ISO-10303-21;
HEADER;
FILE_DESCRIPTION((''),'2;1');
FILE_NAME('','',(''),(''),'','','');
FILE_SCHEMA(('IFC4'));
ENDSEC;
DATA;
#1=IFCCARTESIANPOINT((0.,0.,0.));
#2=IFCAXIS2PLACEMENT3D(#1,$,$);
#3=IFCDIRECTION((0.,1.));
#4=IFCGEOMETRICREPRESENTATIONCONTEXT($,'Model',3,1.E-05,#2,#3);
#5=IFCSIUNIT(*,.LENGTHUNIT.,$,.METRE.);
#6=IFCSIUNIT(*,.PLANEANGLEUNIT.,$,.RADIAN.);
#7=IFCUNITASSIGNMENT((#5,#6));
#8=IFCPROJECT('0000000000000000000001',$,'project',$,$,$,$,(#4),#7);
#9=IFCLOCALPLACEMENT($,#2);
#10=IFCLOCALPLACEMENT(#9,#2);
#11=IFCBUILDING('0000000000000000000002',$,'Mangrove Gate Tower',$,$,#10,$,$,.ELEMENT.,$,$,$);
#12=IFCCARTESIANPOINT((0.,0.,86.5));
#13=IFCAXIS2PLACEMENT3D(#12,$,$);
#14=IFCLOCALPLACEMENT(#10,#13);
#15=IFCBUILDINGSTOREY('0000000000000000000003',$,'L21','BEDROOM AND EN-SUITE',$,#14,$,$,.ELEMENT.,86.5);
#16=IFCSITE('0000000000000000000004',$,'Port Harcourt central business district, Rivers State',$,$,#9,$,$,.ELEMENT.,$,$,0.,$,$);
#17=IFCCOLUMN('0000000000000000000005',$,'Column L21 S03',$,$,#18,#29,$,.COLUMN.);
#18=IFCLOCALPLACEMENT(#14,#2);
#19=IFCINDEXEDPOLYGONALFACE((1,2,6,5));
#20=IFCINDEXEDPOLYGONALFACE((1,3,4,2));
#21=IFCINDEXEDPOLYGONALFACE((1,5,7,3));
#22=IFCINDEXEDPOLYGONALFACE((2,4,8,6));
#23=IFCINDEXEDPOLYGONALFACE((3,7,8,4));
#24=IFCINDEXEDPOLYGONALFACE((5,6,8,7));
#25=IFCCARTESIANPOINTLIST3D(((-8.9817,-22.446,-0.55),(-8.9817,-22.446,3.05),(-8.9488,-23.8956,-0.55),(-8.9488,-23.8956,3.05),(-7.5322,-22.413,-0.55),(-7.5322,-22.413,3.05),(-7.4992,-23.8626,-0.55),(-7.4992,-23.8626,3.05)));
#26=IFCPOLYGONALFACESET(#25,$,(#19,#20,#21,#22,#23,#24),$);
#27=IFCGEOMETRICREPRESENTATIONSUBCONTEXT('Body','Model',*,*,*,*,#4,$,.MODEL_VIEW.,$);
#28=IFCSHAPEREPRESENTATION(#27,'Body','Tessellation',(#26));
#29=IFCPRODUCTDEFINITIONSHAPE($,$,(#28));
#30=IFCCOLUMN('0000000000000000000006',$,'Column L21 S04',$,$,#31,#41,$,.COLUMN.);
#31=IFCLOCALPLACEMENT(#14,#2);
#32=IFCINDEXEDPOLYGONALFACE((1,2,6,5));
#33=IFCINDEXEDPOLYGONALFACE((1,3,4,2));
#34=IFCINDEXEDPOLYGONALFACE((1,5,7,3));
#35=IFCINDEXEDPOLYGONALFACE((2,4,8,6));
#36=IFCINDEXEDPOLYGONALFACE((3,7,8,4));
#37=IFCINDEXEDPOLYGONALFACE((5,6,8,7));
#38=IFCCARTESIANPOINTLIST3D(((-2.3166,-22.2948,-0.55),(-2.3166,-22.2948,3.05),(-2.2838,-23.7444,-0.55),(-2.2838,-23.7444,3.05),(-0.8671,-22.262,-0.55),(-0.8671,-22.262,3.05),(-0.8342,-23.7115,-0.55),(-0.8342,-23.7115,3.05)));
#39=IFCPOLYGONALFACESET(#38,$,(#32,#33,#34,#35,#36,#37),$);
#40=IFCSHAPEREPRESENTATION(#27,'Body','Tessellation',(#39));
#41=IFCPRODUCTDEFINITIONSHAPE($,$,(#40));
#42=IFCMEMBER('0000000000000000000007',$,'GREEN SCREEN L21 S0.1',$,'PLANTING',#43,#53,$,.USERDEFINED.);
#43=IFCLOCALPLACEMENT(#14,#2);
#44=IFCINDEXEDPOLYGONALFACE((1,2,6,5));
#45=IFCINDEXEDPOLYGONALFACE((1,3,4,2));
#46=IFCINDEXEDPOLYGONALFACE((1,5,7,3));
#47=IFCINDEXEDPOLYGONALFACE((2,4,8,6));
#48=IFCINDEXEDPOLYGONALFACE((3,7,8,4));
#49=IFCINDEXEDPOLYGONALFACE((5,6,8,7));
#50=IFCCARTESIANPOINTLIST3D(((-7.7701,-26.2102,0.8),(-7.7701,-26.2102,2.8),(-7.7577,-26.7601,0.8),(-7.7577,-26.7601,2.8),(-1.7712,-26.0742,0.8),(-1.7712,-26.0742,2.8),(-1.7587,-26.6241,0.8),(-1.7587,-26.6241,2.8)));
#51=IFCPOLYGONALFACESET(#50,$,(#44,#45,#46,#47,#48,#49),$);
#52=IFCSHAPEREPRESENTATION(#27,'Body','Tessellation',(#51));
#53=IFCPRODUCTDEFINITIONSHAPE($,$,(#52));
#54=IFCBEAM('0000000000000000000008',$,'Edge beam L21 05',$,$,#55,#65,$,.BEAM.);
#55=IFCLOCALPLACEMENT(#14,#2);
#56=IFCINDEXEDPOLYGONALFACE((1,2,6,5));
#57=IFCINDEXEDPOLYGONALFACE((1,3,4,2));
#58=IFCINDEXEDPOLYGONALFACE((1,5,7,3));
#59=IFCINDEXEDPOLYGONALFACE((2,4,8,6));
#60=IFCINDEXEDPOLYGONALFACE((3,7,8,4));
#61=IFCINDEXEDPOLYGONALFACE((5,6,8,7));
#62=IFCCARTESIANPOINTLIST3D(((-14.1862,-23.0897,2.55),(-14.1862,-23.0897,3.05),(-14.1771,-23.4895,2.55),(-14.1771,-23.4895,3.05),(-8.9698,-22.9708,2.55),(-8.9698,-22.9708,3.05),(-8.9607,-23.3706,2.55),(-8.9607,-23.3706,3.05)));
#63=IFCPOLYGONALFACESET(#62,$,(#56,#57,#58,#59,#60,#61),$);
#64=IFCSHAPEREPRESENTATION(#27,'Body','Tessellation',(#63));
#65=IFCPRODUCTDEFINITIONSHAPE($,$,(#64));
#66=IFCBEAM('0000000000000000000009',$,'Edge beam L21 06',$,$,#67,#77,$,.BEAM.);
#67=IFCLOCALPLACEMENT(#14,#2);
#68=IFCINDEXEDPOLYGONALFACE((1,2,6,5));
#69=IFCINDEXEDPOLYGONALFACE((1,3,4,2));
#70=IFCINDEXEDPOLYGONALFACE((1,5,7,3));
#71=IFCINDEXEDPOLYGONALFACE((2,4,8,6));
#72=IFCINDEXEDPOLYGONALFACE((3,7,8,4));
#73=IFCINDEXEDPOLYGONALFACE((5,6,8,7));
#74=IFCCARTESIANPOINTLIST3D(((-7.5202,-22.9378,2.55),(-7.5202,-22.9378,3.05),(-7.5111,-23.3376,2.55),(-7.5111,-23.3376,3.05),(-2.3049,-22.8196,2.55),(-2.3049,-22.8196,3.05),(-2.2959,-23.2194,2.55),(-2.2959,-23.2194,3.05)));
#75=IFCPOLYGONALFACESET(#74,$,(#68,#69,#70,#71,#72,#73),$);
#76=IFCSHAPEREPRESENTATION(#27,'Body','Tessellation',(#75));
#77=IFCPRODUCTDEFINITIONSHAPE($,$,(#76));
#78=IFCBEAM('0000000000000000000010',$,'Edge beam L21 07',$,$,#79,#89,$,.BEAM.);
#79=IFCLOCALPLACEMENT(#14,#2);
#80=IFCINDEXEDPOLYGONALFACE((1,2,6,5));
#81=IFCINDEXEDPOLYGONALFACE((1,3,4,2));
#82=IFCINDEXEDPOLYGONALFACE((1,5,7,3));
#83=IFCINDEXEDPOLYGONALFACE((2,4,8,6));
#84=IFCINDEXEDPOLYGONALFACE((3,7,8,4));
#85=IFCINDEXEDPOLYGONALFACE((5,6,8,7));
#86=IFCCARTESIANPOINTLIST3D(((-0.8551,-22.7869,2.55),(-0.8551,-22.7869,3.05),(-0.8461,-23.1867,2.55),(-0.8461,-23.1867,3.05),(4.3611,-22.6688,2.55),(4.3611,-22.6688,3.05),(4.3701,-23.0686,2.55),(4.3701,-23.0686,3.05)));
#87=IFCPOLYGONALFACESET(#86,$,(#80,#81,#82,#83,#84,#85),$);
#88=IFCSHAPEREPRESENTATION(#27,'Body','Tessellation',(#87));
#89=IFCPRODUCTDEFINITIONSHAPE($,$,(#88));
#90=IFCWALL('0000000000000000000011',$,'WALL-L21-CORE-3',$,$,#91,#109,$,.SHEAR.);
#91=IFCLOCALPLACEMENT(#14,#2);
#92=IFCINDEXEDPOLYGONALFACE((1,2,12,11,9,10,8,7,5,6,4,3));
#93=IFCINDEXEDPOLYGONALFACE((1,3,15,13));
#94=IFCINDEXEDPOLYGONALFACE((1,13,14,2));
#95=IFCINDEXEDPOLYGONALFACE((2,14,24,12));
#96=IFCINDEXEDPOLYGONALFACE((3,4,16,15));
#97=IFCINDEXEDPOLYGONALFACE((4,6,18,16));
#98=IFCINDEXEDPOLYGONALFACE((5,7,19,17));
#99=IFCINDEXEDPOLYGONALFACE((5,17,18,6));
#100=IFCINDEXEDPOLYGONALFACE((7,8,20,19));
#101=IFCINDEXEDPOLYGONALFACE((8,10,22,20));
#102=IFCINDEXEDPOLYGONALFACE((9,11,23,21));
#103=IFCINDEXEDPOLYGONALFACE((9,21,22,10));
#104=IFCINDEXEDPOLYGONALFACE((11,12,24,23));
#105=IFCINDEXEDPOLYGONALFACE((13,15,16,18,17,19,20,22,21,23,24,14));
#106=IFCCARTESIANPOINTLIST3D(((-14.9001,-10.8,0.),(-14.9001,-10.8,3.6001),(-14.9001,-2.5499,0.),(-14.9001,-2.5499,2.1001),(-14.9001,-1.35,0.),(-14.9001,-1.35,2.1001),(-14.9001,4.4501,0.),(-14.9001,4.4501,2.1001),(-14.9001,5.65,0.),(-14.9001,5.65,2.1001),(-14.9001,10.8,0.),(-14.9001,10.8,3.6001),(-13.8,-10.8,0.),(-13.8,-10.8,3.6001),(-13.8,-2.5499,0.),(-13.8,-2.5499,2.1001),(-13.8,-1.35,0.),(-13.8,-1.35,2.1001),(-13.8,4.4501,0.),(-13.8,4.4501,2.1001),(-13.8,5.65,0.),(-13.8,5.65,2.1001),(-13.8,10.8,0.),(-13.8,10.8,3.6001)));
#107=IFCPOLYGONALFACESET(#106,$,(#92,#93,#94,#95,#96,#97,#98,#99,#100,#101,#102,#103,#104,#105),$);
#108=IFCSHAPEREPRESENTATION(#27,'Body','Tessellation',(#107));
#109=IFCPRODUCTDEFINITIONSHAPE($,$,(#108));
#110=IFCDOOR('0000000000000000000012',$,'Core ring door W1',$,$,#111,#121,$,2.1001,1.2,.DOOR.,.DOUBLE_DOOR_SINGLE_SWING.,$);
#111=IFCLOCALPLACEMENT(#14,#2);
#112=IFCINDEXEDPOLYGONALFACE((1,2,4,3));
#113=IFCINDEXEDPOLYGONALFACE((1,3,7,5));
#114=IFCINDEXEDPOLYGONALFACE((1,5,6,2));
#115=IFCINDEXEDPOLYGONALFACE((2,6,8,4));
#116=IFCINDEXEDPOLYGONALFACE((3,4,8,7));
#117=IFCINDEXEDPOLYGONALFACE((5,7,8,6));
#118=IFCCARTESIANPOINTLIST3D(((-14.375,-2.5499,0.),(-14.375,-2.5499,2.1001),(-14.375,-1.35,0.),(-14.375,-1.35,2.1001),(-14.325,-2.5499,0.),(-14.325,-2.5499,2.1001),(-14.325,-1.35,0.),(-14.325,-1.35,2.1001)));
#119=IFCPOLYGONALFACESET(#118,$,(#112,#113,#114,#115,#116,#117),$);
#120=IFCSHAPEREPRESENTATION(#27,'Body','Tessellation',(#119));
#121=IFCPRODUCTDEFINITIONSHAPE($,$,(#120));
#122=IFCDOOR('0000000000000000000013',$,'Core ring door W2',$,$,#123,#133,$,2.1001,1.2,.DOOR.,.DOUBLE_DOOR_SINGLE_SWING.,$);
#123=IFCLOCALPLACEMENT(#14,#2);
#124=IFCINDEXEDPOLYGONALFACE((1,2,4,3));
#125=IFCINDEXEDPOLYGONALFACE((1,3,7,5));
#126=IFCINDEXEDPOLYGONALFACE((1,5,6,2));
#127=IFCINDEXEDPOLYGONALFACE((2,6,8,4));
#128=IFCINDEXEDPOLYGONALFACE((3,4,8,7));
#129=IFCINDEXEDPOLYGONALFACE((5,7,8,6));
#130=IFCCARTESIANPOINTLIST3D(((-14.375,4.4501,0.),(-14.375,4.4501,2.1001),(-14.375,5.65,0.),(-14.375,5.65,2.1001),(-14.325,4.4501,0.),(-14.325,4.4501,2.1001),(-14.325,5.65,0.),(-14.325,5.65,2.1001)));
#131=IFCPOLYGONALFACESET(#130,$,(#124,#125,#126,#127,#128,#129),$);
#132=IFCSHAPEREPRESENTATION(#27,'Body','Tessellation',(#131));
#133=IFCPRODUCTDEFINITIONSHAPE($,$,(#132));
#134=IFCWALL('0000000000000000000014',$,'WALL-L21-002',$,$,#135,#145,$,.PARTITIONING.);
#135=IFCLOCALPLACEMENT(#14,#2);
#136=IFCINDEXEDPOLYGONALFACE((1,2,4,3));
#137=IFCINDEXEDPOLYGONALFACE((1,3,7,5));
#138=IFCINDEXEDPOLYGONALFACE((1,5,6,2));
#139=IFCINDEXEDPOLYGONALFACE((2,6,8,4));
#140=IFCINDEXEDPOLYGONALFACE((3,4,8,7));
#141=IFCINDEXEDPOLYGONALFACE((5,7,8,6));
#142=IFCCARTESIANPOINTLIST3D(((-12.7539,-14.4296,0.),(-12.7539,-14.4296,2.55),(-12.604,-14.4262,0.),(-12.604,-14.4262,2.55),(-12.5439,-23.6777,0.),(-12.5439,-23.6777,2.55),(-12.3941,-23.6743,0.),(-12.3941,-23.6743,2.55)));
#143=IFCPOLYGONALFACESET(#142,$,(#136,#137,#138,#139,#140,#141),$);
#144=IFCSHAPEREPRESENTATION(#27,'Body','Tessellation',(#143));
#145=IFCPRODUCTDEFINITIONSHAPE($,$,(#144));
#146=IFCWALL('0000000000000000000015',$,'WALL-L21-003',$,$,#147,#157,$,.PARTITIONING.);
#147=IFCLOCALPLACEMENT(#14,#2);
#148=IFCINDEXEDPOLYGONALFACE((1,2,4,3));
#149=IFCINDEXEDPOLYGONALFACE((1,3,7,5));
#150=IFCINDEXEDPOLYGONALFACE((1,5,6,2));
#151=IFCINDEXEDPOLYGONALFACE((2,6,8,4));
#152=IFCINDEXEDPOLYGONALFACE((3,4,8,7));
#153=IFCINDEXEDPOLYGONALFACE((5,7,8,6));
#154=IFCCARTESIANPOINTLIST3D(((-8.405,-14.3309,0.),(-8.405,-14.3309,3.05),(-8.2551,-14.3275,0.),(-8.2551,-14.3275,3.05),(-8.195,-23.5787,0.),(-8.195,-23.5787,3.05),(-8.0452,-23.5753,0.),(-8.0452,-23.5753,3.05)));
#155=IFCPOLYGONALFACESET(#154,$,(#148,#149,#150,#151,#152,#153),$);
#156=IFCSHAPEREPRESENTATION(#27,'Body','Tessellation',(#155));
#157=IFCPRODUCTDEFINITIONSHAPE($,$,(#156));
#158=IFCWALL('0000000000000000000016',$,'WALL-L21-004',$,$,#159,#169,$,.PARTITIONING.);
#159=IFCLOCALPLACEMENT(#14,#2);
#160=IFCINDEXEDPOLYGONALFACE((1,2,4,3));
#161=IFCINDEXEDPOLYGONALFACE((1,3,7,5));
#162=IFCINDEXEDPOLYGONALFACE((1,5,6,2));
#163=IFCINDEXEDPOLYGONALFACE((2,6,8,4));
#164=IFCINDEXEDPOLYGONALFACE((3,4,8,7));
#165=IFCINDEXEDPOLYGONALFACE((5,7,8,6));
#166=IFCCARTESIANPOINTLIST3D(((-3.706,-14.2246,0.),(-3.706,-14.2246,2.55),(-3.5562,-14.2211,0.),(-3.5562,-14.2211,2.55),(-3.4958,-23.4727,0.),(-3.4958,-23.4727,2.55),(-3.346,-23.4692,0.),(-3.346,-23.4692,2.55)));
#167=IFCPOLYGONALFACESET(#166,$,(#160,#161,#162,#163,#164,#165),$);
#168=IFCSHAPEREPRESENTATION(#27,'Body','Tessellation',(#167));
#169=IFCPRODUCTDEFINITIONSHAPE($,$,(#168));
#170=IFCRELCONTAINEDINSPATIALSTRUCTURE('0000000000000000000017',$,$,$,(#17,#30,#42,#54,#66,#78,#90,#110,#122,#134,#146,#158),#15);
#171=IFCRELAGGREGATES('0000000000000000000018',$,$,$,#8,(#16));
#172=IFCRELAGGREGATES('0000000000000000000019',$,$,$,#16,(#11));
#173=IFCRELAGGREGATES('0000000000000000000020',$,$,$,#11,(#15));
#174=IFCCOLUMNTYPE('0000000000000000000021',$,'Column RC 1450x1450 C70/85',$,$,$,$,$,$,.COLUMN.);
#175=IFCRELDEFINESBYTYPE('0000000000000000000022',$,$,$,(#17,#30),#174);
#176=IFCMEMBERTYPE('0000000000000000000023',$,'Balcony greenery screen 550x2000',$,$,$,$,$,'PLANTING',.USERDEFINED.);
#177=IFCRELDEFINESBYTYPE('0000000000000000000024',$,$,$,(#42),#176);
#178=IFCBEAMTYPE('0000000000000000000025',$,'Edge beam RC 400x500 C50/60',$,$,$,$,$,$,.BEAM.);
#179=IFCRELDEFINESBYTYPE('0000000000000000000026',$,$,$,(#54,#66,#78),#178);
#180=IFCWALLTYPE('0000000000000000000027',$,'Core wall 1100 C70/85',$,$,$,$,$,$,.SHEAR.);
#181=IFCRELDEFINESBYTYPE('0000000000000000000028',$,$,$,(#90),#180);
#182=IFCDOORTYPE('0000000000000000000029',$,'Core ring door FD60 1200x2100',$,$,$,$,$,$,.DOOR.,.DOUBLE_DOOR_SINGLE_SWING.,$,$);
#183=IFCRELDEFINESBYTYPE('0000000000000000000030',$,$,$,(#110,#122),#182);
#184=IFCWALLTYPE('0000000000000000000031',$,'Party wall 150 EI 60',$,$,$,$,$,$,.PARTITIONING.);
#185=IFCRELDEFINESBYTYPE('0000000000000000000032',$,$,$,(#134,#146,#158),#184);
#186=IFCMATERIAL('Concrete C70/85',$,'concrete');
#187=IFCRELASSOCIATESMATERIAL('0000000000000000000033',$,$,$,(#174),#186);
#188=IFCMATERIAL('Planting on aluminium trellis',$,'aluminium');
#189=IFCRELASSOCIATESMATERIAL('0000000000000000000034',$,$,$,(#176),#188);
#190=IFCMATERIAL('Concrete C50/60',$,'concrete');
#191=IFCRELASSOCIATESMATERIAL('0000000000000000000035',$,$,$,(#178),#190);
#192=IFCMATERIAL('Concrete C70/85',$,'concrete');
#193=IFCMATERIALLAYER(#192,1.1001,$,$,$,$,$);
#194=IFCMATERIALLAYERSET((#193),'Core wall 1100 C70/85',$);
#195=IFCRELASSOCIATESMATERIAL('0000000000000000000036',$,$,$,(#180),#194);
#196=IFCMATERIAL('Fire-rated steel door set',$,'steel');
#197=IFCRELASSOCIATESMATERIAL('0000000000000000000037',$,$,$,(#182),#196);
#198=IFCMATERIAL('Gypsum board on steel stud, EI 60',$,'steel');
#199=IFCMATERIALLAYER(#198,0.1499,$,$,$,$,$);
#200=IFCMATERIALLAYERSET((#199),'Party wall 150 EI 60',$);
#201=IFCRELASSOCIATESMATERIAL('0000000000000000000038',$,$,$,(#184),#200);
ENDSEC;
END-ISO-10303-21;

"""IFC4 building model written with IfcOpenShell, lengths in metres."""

from ifc_helpers import new_model, si_unit, direction, frame, frame_2d, origin, origin_2d, place, context, subcontext, project, spatial, rectangle, extrude, material, layer, layer_set, material_profile, profile_set, type_object, element, fill, save


model = new_model("IFC4")

# Units and contexts
model_context = context("Model", 3, precision=1e-05, world=origin(), true_north=direction((0.0, 1.0)))
body_context = subcontext(model_context, "Body", "Model", "MODEL_VIEW")
ifc_project = project(units=[si_unit("LENGTHUNIT", "METRE"), si_unit("PLANEANGLEUNIT", "RADIAN")], contexts=[model_context])

# Site, building, storey
site_placement = place(None, origin())
site = spatial("IfcSite", under=ifc_project, at=site_placement, Name="Port Harcourt central business district, Rivers State", CompositionType="ELEMENT", RefElevation=0.0)
building_placement = place(site_placement, origin())
building = spatial("IfcBuilding", under=site, at=building_placement, Name="Mangrove Gate Tower", CompositionType="ELEMENT")
storey_placement = place(building_placement, frame((0.0, 0.0, 86.5)))
storey = spatial("IfcBuildingStorey", under=building, at=storey_placement, Name="L21", Description="BEDROOM AND EN-SUITE", CompositionType="ELEMENT", Elevation=86.5)

# Columns
ifc_material_1 = material(Name="Concrete C70/85", Category="concrete")
ifc_material_profile_1 = material_profile(ifc_material_1, rectangle(XDim=1.45, YDim=1.45, at=origin_2d()))
ifc_profile_set_1 = profile_set([ifc_material_profile_1], Name="Concrete C70/85")
column_type = type_object("IfcColumnType", Name="Column RC 1450x1450 C70/85", PredefinedType="COLUMN", material=ifc_profile_set_1)
for number, where, z_axis, x_axis, name in (
    (1, (-8.2405, -23.1543, -0.55), (0.0, 0.0, 1.0), (0.999742, 0.022723, 0.0), "Column L21 S03"),
    (2, (-1.5754, -23.0032, -0.55), (0.0, 0.0, 1.0), (0.999743, 0.022648, 0.0), "Column L21 S04"),
):
    element("IfcColumn", number, at=place(storey_placement, frame(where, z_axis=z_axis, x_axis=x_axis)), inside=storey, type_object=column_type, Name=name, PredefinedType="COLUMN", context=body_context, shape_type="SweptSolid", body=[
        extrude(rectangle(XDim=1.45, YDim=1.45, at=origin_2d()), origin(), (0.0, 0.0, 1.0), 3.6001),
    ])

# Member
ifc_material_2 = material(Name="Planting on aluminium trellis", Category="aluminium")
ifc_material_profile_2 = material_profile(ifc_material_2, rectangle(XDim=0.55, YDim=2.0, at=origin_2d()))
ifc_profile_set_2 = profile_set([ifc_material_profile_2], Name="Planting on aluminium trellis")
member_type = type_object("IfcMemberType", Name="Balcony greenery screen 550x2000", ElementType="PLANTING", PredefinedType="USERDEFINED", material=ifc_profile_set_2)
member_placement = place(storey_placement, frame((-7.7639, -26.4851, 1.8), z_axis=(0.999743, 0.022662, 0.0), x_axis=(-0.022662, 0.999743, 0.0)))
element("IfcMember", 3, at=member_placement, inside=storey, type_object=member_type, Name="GREEN SCREEN L21 S0.1", ObjectType="PLANTING", PredefinedType="USERDEFINED", context=body_context, shape_type="SweptSolid", body=[
    extrude(rectangle(XDim=0.55, YDim=2.0, at=origin_2d()), origin(), (0.0, 0.0, 1.0), 6.0005),
])

# Beams
ifc_material_3 = material(Name="Concrete C50/60", Category="concrete")
ifc_material_profile_3 = material_profile(ifc_material_3, rectangle(XDim=0.3999, YDim=0.5, at=origin_2d()))
ifc_profile_set_3 = profile_set([ifc_material_profile_3], Name="Concrete C50/60")
beam_type = type_object("IfcBeamType", Name="Edge beam RC 400x500 C50/60", PredefinedType="BEAM", material=ifc_profile_set_3)
beam_1_placement = place(storey_placement, frame((-14.1816, -23.2896, 2.8), z_axis=(0.99974, 0.022787, 0.0), x_axis=(-0.022787, 0.99974, 0.0)))
element("IfcBeam", 4, at=beam_1_placement, inside=storey, type_object=beam_type, Name="Edge beam L21 05", PredefinedType="BEAM", context=body_context, shape_type="SweptSolid", body=[
    extrude(rectangle(XDim=0.3999, YDim=0.5, at=origin_2d()), origin(), (0.0, 0.0, 1.0), 5.2178),
])
beam_2_placement = place(storey_placement, frame((-7.5156, -23.1377, 2.8), z_axis=(0.999743, 0.022651, 0.0), x_axis=(-0.022651, 0.999743, 0.0)))
element("IfcBeam", 5, at=beam_2_placement, inside=storey, type_object=beam_type, Name="Edge beam L21 06", PredefinedType="BEAM", context=body_context, shape_type="SweptSolid", body=[
    extrude(rectangle(XDim=0.3999, YDim=0.5, at=origin_2d()), origin(), (0.0, 0.0, 1.0), 5.2166),
])
beam_3_placement = place(storey_placement, frame((-0.8506, -22.9868, 2.8), z_axis=(0.999744, 0.022647, 0.0), x_axis=(-0.022647, 0.999744, 0.0)))
element("IfcBeam", 6, at=beam_3_placement, inside=storey, type_object=beam_type, Name="Edge beam L21 07", PredefinedType="BEAM", context=body_context, shape_type="SweptSolid", body=[
    extrude(rectangle(XDim=0.3999, YDim=0.5, at=origin_2d()), origin(), (0.0, 0.0, 1.0), 5.2175),
])

# Wall, openings, doors
ifc_material_4 = material(Name="Concrete C70/85", Category="concrete")
ifc_layer_1 = layer(ifc_material_4, 1.1001)
ifc_layer_set_1 = layer_set([ifc_layer_1], Name="Core wall 1100 C70/85")
wall_type_1 = type_object("IfcWallType", Name="Core wall 1100 C70/85", PredefinedType="SHEAR", material=ifc_layer_set_1)
wall_1_placement = place(storey_placement, frame((-14.3501, -10.8, 0.0), z_axis=(0.0, 0.0, 1.0), x_axis=(0.0, 1.0, 0.0)))
wall_1 = element("IfcWall", 7, at=wall_1_placement, inside=storey, type_object=wall_type_1, Name="WALL-L21-CORE-3", PredefinedType="SHEAR", context=body_context, shape_type="SweptSolid", body=[
    extrude(rectangle(XDim=21.6001, YDim=1.1001, at=frame_2d((10.8, 0.0))), origin(), (0.0, 0.0, 1.0), 3.6001),
])
opening_1_placement = place(wall_1_placement, frame((8.25, 0.0, 0.0)))
opening_1 = element("IfcOpeningElement", 8, at=opening_1_placement, cuts=wall_1, PredefinedType="OPENING", context=body_context, shape_type="SweptSolid", body=[
    extrude(rectangle(XDim=1.2, YDim=2.1001, at=frame_2d((0.6001, 1.05))), frame((0.0, 0.5601, 0.0), z_axis=(0.0, -1.0, 0.0), x_axis=(1.0, 0.0, 0.0)), (0.0, 0.0, 1.0), 1.1201),
])
opening_2_placement = place(wall_1_placement, frame((15.25, 0.0, 0.0)))
opening_2 = element("IfcOpeningElement", 9, at=opening_2_placement, cuts=wall_1, PredefinedType="OPENING", context=body_context, shape_type="SweptSolid", body=[
    extrude(rectangle(XDim=1.2, YDim=2.1001, at=frame_2d((0.6001, 1.05))), frame((0.0, 0.5601, 0.0), z_axis=(0.0, -1.0, 0.0), x_axis=(1.0, 0.0, 0.0)), (0.0, 0.0, 1.0), 1.1201),
])
ifc_material_5 = material(Name="Fire-rated steel door set", Category="steel")
door_type_1 = type_object("IfcDoorType", Name="Core ring door FD60 1200x2100", OperationType="DOUBLE_DOOR_SINGLE_SWING", PredefinedType="DOOR", material=ifc_material_5)
door_1_placement = place(opening_1_placement, origin())
door_1 = element("IfcDoor", 10, at=door_1_placement, inside=storey, type_object=door_type_1, Name="Core ring door W1", OperationType="DOUBLE_DOOR_SINGLE_SWING", OverallHeight=2.1001, OverallWidth=1.2, PredefinedType="DOOR", context=body_context, shape_type="SweptSolid", body=[
    extrude(rectangle(XDim=1.2, YDim=2.1001, at=frame_2d((0.6001, 1.05))), frame((0.0, 0.0249, 0.0), z_axis=(0.0, -1.0, 0.0), x_axis=(1.0, 0.0, 0.0)), (0.0, 0.0, 1.0), 0.05),
])
fill(opening_1, door_1)
door_2_placement = place(opening_2_placement, origin())
door_2 = element("IfcDoor", 11, at=door_2_placement, inside=storey, type_object=door_type_1, Name="Core ring door W2", OperationType="DOUBLE_DOOR_SINGLE_SWING", OverallHeight=2.1001, OverallWidth=1.2, PredefinedType="DOOR", context=body_context, shape_type="SweptSolid", body=[
    extrude(rectangle(XDim=1.2, YDim=2.1001, at=frame_2d((0.6001, 1.05))), frame((0.0, 0.0249, 0.0), z_axis=(0.0, -1.0, 0.0), x_axis=(1.0, 0.0, 0.0)), (0.0, 0.0, 1.0), 0.05),
])
fill(opening_2, door_2)

# Walls
ifc_material_6 = material(Name="Gypsum board on steel stud, EI 60", Category="steel")
ifc_layer_2 = layer(ifc_material_6, 0.1499)
ifc_layer_set_2 = layer_set([ifc_layer_2], Name="Party wall 150 EI 60")
wall_type_2 = type_object("IfcWallType", Name="Party wall 150 EI 60", PredefinedType="PARTITIONING", material=ifc_layer_set_2)
wall_2_placement = place(storey_placement, frame((-12.469, -23.676, 0.0), z_axis=(0.0, 0.0, 1.0), x_axis=(-0.022697, 0.999742, 0.0)))
element("IfcWall", 12, at=wall_2_placement, inside=storey, type_object=wall_type_2, Name="WALL-L21-002", PredefinedType="PARTITIONING", context=body_context, shape_type="SweptSolid", body=[
    extrude(rectangle(XDim=9.2505, YDim=0.1499, at=frame_2d((4.6252, 0.0))), origin(), (0.0, 0.0, 1.0), 2.55),
])
wall_3_placement = place(storey_placement, frame((-8.1201, -23.5769, 0.0), z_axis=(0.0, 0.0, 1.0), x_axis=(-0.022698, 0.999742, 0.0)))
element("IfcWall", 13, at=wall_3_placement, inside=storey, type_object=wall_type_2, Name="WALL-L21-003", PredefinedType="PARTITIONING", context=body_context, shape_type="SweptSolid", body=[
    extrude(rectangle(XDim=9.2502, YDim=0.1499, at=frame_2d((4.625, 0.0))), origin(), (0.0, 0.0, 1.0), 3.05),
])
wall_4_placement = place(storey_placement, frame((-3.4209, -23.4709, 0.0), z_axis=(0.0, 0.0, 1.0), x_axis=(-0.022724, 0.999742, 0.0)))
element("IfcWall", 14, at=wall_4_placement, inside=storey, type_object=wall_type_2, Name="WALL-L21-004", PredefinedType="PARTITIONING", context=body_context, shape_type="SweptSolid", body=[
    extrude(rectangle(XDim=9.2505, YDim=0.1499, at=frame_2d((4.6252, 0.0))), origin(), (0.0, 0.0, 1.0), 2.55),
])

save(model, "model.ifc")
